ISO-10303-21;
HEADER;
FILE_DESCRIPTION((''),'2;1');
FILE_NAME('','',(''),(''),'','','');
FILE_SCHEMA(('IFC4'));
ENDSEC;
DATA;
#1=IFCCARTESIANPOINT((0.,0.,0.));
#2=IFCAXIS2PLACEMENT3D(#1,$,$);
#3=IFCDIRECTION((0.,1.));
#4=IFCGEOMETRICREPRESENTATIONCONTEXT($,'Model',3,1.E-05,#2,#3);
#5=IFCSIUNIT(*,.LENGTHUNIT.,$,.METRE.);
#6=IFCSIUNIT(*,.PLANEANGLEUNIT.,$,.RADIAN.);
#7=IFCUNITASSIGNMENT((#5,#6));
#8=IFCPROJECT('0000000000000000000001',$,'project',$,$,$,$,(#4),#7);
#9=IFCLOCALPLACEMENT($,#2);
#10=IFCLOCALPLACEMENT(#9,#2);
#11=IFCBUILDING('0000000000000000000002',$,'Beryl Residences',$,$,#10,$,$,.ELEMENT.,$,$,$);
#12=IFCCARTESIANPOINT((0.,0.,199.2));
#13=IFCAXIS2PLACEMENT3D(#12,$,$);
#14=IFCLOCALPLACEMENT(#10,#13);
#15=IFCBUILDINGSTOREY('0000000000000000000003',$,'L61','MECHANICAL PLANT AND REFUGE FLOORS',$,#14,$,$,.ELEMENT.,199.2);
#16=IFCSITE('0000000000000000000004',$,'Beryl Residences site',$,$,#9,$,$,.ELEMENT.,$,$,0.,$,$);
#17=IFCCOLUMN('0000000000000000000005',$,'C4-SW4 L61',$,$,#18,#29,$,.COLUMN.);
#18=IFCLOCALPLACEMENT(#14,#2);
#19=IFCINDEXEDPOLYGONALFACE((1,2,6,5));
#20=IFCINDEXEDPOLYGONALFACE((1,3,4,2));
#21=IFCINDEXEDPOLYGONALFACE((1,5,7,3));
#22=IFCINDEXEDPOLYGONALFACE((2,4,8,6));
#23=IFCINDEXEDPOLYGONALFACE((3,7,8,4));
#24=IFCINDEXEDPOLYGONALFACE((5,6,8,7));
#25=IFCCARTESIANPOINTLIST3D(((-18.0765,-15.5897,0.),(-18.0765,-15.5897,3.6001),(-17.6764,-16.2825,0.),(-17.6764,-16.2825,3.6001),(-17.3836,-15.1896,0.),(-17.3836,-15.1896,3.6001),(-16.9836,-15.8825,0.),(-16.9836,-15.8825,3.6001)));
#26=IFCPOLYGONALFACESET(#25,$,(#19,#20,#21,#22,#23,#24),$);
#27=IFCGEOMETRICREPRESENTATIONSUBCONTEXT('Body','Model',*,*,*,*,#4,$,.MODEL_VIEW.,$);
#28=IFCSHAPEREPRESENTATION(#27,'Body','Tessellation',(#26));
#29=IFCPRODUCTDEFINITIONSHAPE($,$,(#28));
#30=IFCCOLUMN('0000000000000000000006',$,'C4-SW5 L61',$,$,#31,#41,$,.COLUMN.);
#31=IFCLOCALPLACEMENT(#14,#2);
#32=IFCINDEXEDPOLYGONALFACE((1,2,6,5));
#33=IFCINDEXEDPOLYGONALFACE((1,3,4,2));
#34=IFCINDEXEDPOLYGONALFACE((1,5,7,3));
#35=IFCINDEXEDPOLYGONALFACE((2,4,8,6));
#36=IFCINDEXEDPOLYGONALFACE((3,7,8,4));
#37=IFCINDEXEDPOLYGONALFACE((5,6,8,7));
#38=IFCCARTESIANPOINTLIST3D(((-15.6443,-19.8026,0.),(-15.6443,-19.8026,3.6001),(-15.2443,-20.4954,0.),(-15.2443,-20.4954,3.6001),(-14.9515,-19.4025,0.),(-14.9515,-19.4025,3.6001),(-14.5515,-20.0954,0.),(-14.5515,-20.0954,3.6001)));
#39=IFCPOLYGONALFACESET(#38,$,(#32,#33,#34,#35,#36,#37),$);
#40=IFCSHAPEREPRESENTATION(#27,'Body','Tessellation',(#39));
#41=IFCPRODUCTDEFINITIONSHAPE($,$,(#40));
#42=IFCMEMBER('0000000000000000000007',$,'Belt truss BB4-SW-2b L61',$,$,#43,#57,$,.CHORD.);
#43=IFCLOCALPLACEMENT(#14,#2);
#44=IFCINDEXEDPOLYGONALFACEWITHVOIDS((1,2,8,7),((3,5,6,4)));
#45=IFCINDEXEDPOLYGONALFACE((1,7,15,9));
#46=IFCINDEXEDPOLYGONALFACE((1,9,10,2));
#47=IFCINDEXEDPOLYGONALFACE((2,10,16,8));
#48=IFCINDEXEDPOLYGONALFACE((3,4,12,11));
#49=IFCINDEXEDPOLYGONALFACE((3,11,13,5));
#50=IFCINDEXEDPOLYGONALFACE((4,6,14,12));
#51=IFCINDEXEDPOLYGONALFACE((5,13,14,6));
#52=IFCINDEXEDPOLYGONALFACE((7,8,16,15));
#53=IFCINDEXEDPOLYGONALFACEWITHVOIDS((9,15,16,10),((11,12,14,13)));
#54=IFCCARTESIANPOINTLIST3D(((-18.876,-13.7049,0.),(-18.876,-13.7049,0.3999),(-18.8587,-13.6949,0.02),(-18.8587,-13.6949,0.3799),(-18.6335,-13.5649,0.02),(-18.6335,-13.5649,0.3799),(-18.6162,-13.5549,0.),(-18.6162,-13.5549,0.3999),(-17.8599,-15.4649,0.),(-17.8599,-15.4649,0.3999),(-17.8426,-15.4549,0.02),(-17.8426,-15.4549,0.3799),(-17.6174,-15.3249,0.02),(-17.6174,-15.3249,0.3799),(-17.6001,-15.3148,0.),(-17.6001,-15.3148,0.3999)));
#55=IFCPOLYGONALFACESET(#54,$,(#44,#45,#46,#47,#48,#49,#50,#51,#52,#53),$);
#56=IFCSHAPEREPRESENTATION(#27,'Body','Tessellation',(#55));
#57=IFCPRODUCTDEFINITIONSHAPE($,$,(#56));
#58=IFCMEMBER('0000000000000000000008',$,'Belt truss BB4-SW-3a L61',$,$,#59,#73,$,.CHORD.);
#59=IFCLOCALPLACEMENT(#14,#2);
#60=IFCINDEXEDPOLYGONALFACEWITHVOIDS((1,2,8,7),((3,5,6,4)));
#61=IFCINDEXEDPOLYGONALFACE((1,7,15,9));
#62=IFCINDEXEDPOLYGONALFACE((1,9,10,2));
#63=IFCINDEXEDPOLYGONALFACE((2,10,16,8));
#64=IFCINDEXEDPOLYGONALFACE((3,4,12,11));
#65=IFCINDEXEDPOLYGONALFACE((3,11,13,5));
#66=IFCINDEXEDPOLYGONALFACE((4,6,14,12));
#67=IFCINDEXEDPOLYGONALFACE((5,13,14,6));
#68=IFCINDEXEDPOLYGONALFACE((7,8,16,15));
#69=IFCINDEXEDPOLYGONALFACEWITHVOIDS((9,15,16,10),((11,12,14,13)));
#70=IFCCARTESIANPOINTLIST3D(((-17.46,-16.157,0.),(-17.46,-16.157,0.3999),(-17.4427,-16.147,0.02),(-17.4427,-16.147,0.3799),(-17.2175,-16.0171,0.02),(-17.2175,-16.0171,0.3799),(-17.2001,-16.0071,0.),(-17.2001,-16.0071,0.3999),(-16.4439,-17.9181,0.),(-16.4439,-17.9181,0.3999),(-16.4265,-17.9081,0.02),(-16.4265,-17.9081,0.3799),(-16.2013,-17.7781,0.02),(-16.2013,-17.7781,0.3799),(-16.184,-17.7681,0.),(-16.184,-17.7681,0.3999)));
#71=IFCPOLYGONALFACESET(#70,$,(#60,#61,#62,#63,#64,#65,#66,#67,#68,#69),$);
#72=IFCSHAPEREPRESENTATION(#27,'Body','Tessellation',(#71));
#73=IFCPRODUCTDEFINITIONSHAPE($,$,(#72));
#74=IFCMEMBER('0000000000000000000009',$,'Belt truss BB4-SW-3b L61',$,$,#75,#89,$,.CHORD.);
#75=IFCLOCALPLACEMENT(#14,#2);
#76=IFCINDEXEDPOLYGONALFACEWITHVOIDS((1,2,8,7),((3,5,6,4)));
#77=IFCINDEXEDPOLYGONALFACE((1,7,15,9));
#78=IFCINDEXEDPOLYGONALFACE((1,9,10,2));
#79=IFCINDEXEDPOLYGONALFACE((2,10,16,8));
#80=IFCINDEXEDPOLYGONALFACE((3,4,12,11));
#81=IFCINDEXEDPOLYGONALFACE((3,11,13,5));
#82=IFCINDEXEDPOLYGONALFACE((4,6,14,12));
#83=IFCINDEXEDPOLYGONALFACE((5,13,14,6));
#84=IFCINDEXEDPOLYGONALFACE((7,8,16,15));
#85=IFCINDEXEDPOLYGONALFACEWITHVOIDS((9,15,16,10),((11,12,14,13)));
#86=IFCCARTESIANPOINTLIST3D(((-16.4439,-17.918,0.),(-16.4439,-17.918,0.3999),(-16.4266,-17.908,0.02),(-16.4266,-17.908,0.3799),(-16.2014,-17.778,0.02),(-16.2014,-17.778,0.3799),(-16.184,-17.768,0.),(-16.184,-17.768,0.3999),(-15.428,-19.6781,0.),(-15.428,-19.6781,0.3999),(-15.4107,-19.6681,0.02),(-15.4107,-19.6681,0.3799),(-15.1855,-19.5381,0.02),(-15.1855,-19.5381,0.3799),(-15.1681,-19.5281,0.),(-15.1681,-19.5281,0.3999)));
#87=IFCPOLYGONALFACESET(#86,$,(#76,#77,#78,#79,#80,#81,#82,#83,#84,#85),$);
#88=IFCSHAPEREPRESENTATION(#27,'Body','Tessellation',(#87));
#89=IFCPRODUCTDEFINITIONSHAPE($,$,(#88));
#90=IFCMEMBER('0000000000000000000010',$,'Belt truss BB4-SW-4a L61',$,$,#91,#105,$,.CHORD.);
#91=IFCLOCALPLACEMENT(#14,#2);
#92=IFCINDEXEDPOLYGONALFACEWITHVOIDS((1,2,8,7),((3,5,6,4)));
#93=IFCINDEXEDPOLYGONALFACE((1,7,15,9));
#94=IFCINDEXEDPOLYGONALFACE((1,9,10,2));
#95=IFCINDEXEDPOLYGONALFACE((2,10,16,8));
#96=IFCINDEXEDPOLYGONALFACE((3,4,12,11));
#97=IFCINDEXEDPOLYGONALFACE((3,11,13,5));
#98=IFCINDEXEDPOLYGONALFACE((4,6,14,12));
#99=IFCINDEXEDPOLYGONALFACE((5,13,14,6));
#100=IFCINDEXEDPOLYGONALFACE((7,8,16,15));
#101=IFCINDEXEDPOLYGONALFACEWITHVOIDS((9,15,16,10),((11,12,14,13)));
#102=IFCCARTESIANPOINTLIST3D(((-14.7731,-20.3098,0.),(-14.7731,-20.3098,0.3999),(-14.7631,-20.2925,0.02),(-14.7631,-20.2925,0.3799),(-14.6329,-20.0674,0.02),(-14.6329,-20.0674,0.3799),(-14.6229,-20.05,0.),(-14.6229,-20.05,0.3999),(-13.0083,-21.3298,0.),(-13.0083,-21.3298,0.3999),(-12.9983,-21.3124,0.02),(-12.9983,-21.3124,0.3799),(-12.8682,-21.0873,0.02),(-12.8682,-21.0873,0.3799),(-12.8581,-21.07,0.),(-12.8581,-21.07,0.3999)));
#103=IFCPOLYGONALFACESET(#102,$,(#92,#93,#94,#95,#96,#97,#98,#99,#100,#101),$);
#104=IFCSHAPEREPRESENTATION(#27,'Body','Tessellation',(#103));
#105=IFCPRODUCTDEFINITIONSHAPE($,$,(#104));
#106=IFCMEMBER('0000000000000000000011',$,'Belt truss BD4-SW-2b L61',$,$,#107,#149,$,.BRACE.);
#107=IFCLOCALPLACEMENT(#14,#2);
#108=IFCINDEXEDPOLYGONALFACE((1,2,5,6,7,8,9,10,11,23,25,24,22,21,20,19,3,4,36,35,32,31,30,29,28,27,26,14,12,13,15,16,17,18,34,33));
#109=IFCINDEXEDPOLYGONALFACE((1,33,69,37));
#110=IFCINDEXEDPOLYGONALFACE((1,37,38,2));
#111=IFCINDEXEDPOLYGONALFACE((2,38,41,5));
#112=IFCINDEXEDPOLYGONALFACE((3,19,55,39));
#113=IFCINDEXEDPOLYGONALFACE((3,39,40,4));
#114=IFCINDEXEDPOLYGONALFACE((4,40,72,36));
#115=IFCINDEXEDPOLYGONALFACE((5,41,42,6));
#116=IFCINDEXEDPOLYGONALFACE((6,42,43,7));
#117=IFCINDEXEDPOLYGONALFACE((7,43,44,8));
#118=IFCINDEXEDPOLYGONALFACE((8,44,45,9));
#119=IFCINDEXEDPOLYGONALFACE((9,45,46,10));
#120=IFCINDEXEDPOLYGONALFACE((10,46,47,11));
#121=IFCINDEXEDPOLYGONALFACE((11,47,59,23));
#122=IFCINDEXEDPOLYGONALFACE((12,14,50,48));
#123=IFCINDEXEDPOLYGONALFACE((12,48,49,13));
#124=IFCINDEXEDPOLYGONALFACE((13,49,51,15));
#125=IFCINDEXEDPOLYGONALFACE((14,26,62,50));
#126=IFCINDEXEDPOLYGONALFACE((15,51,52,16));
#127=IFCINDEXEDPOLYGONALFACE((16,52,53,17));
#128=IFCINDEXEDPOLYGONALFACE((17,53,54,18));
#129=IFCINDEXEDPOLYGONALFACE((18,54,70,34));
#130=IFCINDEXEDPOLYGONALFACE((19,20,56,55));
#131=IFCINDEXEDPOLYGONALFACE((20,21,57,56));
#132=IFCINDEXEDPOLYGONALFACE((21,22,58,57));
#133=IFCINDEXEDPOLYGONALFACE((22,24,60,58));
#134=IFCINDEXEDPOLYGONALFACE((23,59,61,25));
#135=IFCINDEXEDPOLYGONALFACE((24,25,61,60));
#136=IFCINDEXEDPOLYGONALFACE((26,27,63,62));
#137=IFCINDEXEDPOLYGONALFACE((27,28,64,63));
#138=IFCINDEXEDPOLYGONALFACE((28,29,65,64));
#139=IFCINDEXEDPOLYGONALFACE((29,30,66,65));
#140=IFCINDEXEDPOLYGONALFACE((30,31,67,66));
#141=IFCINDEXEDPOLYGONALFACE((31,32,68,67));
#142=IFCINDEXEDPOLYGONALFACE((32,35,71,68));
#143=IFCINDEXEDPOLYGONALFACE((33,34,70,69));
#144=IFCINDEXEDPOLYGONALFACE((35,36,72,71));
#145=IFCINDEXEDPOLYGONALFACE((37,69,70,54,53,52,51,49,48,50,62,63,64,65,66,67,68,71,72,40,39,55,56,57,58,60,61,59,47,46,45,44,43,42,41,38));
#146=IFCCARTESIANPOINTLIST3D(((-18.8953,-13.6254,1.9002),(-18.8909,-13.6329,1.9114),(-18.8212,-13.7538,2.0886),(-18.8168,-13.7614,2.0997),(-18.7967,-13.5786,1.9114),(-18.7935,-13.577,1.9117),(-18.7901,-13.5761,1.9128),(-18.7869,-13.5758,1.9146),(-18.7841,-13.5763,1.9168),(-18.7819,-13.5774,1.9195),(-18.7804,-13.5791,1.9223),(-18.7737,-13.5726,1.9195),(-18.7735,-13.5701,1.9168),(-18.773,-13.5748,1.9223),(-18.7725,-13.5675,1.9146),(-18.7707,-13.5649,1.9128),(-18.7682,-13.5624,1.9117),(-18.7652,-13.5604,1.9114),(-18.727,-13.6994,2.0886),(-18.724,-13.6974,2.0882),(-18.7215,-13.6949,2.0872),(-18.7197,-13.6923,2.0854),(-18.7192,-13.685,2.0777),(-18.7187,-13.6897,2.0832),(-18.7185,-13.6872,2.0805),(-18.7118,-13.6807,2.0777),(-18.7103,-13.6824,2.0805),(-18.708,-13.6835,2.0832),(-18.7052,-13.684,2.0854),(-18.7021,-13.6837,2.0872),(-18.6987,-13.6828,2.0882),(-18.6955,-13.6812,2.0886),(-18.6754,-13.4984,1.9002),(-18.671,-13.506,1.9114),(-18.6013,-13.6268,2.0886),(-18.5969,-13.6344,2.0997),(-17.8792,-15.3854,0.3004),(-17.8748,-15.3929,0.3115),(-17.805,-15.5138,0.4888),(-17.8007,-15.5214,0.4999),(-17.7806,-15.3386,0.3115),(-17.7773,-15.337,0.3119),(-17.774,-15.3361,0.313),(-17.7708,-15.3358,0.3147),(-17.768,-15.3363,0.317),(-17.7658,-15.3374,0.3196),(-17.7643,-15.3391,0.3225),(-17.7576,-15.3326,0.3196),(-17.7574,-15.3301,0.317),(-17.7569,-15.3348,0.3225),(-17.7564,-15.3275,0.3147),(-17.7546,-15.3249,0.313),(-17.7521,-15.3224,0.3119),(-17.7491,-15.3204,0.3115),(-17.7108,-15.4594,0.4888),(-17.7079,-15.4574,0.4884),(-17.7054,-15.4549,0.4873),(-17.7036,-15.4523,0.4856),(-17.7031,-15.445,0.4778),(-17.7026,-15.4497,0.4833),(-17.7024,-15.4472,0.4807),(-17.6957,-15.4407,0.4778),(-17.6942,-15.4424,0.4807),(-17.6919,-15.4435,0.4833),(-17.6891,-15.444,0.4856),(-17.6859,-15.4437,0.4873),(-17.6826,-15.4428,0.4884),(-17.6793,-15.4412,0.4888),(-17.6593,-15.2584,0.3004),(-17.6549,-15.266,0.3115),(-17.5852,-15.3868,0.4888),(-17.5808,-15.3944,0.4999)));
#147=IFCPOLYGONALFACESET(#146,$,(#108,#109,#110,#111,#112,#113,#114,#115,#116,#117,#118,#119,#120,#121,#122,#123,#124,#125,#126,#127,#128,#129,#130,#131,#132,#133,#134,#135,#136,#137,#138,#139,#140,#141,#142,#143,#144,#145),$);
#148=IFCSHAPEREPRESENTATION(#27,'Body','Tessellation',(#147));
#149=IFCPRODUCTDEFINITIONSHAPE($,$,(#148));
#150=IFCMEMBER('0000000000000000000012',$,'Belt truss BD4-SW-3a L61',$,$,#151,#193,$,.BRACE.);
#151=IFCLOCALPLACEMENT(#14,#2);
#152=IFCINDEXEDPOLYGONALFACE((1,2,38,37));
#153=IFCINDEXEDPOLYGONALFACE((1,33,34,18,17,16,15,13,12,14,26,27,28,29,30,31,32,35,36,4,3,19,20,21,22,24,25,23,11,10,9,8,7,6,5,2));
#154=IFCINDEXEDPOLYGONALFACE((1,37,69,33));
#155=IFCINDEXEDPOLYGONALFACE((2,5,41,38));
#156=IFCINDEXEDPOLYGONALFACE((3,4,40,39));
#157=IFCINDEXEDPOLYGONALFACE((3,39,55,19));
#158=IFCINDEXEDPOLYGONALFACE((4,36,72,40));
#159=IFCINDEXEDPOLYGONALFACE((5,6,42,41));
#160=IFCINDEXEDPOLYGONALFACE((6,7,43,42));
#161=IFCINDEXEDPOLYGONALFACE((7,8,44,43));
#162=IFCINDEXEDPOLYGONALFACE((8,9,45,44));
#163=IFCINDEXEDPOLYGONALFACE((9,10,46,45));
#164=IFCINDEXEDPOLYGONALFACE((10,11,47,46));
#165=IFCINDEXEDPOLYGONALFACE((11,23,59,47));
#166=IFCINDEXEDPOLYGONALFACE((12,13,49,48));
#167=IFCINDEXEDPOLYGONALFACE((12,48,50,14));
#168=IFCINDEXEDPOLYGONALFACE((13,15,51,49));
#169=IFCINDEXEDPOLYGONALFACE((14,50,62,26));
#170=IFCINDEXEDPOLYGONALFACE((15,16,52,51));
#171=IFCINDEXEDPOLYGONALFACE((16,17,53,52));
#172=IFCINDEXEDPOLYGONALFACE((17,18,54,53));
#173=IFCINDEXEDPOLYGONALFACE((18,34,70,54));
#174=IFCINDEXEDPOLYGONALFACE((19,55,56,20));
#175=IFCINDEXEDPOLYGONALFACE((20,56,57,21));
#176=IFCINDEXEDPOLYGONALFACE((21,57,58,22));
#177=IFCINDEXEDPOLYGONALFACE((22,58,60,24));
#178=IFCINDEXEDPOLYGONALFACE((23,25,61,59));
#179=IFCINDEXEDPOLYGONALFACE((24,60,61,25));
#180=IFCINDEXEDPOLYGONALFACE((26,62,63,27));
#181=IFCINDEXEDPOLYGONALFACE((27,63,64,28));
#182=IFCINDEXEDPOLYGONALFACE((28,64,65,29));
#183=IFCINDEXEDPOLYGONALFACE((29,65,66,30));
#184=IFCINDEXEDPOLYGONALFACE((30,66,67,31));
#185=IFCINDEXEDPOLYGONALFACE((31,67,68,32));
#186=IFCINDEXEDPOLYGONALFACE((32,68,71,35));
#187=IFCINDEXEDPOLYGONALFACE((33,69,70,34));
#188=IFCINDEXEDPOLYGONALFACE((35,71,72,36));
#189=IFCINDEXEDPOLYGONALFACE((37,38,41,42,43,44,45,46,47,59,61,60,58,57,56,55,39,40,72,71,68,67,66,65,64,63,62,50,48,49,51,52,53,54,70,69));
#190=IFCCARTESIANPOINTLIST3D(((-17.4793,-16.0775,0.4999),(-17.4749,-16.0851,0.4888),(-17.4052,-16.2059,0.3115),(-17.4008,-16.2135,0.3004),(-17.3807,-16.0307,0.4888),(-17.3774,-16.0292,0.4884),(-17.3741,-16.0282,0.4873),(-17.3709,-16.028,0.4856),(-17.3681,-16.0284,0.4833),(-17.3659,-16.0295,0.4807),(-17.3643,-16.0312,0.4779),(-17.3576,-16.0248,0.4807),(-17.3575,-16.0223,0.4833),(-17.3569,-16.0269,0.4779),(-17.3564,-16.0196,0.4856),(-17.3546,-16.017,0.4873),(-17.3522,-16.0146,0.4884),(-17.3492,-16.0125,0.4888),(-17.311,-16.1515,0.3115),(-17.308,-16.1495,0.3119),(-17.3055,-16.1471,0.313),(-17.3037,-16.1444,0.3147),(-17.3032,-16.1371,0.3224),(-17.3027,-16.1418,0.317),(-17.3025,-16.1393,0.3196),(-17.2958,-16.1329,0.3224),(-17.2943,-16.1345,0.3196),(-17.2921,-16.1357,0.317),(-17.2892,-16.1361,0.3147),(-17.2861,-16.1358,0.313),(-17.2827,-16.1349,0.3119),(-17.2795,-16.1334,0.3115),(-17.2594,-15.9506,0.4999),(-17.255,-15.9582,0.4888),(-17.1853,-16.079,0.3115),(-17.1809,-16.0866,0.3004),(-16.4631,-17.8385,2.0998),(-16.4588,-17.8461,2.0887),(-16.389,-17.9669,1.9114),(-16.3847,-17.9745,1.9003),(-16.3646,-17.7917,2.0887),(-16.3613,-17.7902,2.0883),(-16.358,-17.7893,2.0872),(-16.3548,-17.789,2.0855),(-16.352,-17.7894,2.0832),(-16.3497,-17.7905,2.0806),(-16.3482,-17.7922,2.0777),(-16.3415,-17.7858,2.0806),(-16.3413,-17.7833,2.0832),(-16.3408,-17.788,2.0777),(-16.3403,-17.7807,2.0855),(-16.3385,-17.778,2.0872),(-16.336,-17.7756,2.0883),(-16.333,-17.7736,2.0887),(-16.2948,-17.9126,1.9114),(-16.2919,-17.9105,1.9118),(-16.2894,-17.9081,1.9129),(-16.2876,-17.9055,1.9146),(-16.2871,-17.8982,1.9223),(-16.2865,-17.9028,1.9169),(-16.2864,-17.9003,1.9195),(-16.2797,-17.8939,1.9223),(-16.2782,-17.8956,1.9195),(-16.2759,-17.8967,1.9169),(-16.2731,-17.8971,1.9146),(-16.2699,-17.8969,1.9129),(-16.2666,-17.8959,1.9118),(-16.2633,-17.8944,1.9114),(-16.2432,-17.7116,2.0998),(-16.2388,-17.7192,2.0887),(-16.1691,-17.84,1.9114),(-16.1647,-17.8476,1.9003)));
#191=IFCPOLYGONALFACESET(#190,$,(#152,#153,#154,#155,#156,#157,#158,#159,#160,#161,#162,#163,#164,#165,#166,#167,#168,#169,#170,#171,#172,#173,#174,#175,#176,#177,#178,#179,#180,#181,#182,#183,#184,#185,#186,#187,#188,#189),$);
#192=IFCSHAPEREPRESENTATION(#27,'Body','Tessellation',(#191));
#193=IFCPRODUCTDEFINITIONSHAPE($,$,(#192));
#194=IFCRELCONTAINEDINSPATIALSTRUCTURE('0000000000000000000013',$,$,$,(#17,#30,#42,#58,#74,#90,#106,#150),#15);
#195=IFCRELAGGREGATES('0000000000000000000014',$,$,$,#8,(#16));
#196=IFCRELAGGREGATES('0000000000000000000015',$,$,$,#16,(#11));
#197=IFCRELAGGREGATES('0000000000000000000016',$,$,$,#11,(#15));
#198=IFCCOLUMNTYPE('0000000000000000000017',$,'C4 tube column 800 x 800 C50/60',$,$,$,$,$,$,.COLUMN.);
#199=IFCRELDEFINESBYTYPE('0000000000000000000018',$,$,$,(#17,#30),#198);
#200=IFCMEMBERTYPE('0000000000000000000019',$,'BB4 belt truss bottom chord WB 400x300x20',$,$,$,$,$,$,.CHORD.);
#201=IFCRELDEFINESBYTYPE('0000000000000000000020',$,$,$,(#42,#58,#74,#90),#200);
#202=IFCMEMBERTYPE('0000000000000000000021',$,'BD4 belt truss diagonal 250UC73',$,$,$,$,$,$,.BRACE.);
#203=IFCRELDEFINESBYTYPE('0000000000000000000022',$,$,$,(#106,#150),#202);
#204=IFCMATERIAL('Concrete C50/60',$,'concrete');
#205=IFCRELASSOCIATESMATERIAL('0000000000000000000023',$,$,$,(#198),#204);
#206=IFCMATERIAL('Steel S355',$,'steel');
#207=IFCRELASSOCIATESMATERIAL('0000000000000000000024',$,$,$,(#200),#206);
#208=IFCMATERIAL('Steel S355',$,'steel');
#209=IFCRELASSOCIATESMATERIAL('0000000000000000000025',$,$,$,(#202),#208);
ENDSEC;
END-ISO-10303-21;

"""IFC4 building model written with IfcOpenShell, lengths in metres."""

from ifc_helpers import new_model, si_unit, direction, frame, origin, origin_2d, place, context, subcontext, project, spatial, rectangle, hollow_rectangle, i_section, extrude, material, material_profile, profile_set, type_object, element, save


model = new_model("IFC4")

# Units and contexts
model_context = context("Model", 3, precision=1e-05, world=origin(), true_north=direction((0.0, 1.0)))
body_context = subcontext(model_context, "Body", "Model", "MODEL_VIEW")
ifc_project = project(units=[si_unit("LENGTHUNIT", "METRE"), si_unit("PLANEANGLEUNIT", "RADIAN")], contexts=[model_context])

# Site, building, storey
site_placement = place(None, origin())
site = spatial("IfcSite", under=ifc_project, at=site_placement, Name="Beryl Residences site", CompositionType="ELEMENT", RefElevation=0.0)
building_placement = place(site_placement, origin())
building = spatial("IfcBuilding", under=site, at=building_placement, Name="Beryl Residences", CompositionType="ELEMENT")
storey_placement = place(building_placement, frame((0.0, 0.0, 199.2)))
storey = spatial("IfcBuildingStorey", under=building, at=storey_placement, Name="L61", Description="MECHANICAL PLANT AND REFUGE FLOORS", CompositionType="ELEMENT", Elevation=199.2)

# Columns
ifc_material_1 = material(Name="Concrete C50/60", Category="concrete")
ifc_material_profile_1 = material_profile(ifc_material_1, rectangle(XDim=0.8, YDim=0.8, at=origin_2d()))
ifc_profile_set_1 = profile_set([ifc_material_profile_1], Name="Concrete C50/60")
column_type = type_object("IfcColumnType", Name="C4 tube column 800 x 800 C50/60", PredefinedType="COLUMN", material=ifc_profile_set_1)
for number, where, z_axis, x_axis, name in (
    (1, (-17.53, -15.7361, 0.0), (0.0, 0.0, 1.0), (0.5, -0.866025, 0.0), "C4-SW4 L61"),
    (2, (-15.0979, -19.949, 0.0), (0.0, 0.0, 1.0), (0.5, -0.866025, 0.0), "C4-SW5 L61"),
):
    element("IfcColumn", number, at=place(storey_placement, frame(where, z_axis=z_axis, x_axis=x_axis)), inside=storey, type_object=column_type, Name=name, PredefinedType="COLUMN", context=body_context, shape_type="SweptSolid", body=[
        extrude(rectangle(XDim=0.8, YDim=0.8, at=origin_2d()), origin(), (0.0, 0.0, 1.0), 3.6001),
    ])

# Members
ifc_material_2 = material(Name="Steel S355", Category="steel")
ifc_material_profile_2 = material_profile(ifc_material_2, hollow_rectangle(XDim=0.3, YDim=0.3999, WallThickness=0.02, at=origin_2d()))
ifc_profile_set_2 = profile_set([ifc_material_profile_2], Name="Steel S355")
member_type_1 = type_object("IfcMemberType", Name="BB4 belt truss bottom chord WB 400x300x20", PredefinedType="CHORD", material=ifc_profile_set_2)
member_1_placement = place(storey_placement, frame((-18.7461, -13.6299, 0.2), z_axis=(0.499989, -0.866032, 0.0), x_axis=(0.866032, 0.499989, 0.0)))
element("IfcMember", 3, at=member_1_placement, inside=storey, type_object=member_type_1, Name="Belt truss BB4-SW-2b L61", PredefinedType="CHORD", context=body_context, shape_type="SweptSolid", body=[
    extrude(hollow_rectangle(XDim=0.3, YDim=0.3999, WallThickness=0.02, at=origin_2d()), origin(), (0.0, 0.0, 1.0), 2.0322),
])
member_2_placement = place(storey_placement, frame((-17.3301, -16.082, 0.2), z_axis=(0.499781, -0.866152, 0.0), x_axis=(0.866152, 0.499781, 0.0)))
element("IfcMember", 4, at=member_2_placement, inside=storey, type_object=member_type_1, Name="Belt truss BB4-SW-3a L61", PredefinedType="CHORD", context=body_context, shape_type="SweptSolid", body=[
    extrude(hollow_rectangle(XDim=0.3, YDim=0.3999, WallThickness=0.02, at=origin_2d()), origin(), (0.0, 0.0, 1.0), 2.0332),
])
member_3_placement = place(storey_placement, frame((-16.314, -17.843, 0.2), z_axis=(0.499899, -0.866084, 0.0), x_axis=(0.866084, 0.499899, 0.0)))
element("IfcMember", 5, at=member_3_placement, inside=storey, type_object=member_type_1, Name="Belt truss BB4-SW-3b L61", PredefinedType="CHORD", context=body_context, shape_type="SweptSolid", body=[
    extrude(hollow_rectangle(XDim=0.3, YDim=0.3999, WallThickness=0.02, at=origin_2d()), origin(), (0.0, 0.0, 1.0), 2.0322),
])
member_4_placement = place(storey_placement, frame((-14.698, -20.1799, 0.2), z_axis=(0.865801, -0.500389, 0.0), x_axis=(0.500389, 0.865801, 0.0)))
element("IfcMember", 6, at=member_4_placement, inside=storey, type_object=member_type_1, Name="Belt truss BB4-SW-4a L61", PredefinedType="CHORD", context=body_context, shape_type="SweptSolid", body=[
    extrude(hollow_rectangle(XDim=0.3, YDim=0.3999, WallThickness=0.02, at=origin_2d()), origin(), (0.0, 0.0, 1.0), 2.0383),
])
ifc_material_3 = material(Name="Steel S355", Category="steel")
ifc_material_profile_3 = material_profile(ifc_material_3, i_section(OverallWidth=0.2539, OverallDepth=0.2539, WebThickness=0.0085, FlangeThickness=0.0142, FilletRadius=0.0139, at=origin_2d()))
ifc_profile_set_3 = profile_set([ifc_material_profile_3], Name="Steel S355")
member_type_2 = type_object("IfcMemberType", Name="BD4 belt truss diagonal 250UC73", PredefinedType="BRACE", material=ifc_profile_set_3)
member_5_placement = place(storey_placement, frame((-17.73, -15.3899, 0.4001), z_axis=(-0.392862, 0.680477, 0.618555), x_axis=(-0.866032, -0.499989, 0.0)))
element("IfcMember", 7, at=member_5_placement, inside=storey, type_object=member_type_2, Name="Belt truss BD4-SW-2b L61", PredefinedType="BRACE", context=body_context, shape_type="SweptSolid", body=[
    extrude(i_section(OverallWidth=0.2539, OverallDepth=0.2539, WebThickness=0.0085, FlangeThickness=0.0142, FilletRadius=0.0139, at=origin_2d()), origin(), (0.0, 0.0, 1.0), 2.5864),
])
member_6_placement = place(storey_placement, frame((-17.3301, -16.082, 0.4001), z_axis=(0.392761, -0.680679, 0.618396), x_axis=(0.866152, 0.499781, 0.0)))
element("IfcMember", 8, at=member_6_placement, inside=storey, type_object=member_type_2, Name="Belt truss BD4-SW-3a L61", PredefinedType="BRACE", context=body_context, shape_type="SweptSolid", body=[
    extrude(i_section(OverallWidth=0.2539, OverallDepth=0.2539, WebThickness=0.0085, FlangeThickness=0.0142, FilletRadius=0.0139, at=origin_2d()), origin(), (0.0, 0.0, 1.0), 2.5872),
])

save(model, "model.ifc")
